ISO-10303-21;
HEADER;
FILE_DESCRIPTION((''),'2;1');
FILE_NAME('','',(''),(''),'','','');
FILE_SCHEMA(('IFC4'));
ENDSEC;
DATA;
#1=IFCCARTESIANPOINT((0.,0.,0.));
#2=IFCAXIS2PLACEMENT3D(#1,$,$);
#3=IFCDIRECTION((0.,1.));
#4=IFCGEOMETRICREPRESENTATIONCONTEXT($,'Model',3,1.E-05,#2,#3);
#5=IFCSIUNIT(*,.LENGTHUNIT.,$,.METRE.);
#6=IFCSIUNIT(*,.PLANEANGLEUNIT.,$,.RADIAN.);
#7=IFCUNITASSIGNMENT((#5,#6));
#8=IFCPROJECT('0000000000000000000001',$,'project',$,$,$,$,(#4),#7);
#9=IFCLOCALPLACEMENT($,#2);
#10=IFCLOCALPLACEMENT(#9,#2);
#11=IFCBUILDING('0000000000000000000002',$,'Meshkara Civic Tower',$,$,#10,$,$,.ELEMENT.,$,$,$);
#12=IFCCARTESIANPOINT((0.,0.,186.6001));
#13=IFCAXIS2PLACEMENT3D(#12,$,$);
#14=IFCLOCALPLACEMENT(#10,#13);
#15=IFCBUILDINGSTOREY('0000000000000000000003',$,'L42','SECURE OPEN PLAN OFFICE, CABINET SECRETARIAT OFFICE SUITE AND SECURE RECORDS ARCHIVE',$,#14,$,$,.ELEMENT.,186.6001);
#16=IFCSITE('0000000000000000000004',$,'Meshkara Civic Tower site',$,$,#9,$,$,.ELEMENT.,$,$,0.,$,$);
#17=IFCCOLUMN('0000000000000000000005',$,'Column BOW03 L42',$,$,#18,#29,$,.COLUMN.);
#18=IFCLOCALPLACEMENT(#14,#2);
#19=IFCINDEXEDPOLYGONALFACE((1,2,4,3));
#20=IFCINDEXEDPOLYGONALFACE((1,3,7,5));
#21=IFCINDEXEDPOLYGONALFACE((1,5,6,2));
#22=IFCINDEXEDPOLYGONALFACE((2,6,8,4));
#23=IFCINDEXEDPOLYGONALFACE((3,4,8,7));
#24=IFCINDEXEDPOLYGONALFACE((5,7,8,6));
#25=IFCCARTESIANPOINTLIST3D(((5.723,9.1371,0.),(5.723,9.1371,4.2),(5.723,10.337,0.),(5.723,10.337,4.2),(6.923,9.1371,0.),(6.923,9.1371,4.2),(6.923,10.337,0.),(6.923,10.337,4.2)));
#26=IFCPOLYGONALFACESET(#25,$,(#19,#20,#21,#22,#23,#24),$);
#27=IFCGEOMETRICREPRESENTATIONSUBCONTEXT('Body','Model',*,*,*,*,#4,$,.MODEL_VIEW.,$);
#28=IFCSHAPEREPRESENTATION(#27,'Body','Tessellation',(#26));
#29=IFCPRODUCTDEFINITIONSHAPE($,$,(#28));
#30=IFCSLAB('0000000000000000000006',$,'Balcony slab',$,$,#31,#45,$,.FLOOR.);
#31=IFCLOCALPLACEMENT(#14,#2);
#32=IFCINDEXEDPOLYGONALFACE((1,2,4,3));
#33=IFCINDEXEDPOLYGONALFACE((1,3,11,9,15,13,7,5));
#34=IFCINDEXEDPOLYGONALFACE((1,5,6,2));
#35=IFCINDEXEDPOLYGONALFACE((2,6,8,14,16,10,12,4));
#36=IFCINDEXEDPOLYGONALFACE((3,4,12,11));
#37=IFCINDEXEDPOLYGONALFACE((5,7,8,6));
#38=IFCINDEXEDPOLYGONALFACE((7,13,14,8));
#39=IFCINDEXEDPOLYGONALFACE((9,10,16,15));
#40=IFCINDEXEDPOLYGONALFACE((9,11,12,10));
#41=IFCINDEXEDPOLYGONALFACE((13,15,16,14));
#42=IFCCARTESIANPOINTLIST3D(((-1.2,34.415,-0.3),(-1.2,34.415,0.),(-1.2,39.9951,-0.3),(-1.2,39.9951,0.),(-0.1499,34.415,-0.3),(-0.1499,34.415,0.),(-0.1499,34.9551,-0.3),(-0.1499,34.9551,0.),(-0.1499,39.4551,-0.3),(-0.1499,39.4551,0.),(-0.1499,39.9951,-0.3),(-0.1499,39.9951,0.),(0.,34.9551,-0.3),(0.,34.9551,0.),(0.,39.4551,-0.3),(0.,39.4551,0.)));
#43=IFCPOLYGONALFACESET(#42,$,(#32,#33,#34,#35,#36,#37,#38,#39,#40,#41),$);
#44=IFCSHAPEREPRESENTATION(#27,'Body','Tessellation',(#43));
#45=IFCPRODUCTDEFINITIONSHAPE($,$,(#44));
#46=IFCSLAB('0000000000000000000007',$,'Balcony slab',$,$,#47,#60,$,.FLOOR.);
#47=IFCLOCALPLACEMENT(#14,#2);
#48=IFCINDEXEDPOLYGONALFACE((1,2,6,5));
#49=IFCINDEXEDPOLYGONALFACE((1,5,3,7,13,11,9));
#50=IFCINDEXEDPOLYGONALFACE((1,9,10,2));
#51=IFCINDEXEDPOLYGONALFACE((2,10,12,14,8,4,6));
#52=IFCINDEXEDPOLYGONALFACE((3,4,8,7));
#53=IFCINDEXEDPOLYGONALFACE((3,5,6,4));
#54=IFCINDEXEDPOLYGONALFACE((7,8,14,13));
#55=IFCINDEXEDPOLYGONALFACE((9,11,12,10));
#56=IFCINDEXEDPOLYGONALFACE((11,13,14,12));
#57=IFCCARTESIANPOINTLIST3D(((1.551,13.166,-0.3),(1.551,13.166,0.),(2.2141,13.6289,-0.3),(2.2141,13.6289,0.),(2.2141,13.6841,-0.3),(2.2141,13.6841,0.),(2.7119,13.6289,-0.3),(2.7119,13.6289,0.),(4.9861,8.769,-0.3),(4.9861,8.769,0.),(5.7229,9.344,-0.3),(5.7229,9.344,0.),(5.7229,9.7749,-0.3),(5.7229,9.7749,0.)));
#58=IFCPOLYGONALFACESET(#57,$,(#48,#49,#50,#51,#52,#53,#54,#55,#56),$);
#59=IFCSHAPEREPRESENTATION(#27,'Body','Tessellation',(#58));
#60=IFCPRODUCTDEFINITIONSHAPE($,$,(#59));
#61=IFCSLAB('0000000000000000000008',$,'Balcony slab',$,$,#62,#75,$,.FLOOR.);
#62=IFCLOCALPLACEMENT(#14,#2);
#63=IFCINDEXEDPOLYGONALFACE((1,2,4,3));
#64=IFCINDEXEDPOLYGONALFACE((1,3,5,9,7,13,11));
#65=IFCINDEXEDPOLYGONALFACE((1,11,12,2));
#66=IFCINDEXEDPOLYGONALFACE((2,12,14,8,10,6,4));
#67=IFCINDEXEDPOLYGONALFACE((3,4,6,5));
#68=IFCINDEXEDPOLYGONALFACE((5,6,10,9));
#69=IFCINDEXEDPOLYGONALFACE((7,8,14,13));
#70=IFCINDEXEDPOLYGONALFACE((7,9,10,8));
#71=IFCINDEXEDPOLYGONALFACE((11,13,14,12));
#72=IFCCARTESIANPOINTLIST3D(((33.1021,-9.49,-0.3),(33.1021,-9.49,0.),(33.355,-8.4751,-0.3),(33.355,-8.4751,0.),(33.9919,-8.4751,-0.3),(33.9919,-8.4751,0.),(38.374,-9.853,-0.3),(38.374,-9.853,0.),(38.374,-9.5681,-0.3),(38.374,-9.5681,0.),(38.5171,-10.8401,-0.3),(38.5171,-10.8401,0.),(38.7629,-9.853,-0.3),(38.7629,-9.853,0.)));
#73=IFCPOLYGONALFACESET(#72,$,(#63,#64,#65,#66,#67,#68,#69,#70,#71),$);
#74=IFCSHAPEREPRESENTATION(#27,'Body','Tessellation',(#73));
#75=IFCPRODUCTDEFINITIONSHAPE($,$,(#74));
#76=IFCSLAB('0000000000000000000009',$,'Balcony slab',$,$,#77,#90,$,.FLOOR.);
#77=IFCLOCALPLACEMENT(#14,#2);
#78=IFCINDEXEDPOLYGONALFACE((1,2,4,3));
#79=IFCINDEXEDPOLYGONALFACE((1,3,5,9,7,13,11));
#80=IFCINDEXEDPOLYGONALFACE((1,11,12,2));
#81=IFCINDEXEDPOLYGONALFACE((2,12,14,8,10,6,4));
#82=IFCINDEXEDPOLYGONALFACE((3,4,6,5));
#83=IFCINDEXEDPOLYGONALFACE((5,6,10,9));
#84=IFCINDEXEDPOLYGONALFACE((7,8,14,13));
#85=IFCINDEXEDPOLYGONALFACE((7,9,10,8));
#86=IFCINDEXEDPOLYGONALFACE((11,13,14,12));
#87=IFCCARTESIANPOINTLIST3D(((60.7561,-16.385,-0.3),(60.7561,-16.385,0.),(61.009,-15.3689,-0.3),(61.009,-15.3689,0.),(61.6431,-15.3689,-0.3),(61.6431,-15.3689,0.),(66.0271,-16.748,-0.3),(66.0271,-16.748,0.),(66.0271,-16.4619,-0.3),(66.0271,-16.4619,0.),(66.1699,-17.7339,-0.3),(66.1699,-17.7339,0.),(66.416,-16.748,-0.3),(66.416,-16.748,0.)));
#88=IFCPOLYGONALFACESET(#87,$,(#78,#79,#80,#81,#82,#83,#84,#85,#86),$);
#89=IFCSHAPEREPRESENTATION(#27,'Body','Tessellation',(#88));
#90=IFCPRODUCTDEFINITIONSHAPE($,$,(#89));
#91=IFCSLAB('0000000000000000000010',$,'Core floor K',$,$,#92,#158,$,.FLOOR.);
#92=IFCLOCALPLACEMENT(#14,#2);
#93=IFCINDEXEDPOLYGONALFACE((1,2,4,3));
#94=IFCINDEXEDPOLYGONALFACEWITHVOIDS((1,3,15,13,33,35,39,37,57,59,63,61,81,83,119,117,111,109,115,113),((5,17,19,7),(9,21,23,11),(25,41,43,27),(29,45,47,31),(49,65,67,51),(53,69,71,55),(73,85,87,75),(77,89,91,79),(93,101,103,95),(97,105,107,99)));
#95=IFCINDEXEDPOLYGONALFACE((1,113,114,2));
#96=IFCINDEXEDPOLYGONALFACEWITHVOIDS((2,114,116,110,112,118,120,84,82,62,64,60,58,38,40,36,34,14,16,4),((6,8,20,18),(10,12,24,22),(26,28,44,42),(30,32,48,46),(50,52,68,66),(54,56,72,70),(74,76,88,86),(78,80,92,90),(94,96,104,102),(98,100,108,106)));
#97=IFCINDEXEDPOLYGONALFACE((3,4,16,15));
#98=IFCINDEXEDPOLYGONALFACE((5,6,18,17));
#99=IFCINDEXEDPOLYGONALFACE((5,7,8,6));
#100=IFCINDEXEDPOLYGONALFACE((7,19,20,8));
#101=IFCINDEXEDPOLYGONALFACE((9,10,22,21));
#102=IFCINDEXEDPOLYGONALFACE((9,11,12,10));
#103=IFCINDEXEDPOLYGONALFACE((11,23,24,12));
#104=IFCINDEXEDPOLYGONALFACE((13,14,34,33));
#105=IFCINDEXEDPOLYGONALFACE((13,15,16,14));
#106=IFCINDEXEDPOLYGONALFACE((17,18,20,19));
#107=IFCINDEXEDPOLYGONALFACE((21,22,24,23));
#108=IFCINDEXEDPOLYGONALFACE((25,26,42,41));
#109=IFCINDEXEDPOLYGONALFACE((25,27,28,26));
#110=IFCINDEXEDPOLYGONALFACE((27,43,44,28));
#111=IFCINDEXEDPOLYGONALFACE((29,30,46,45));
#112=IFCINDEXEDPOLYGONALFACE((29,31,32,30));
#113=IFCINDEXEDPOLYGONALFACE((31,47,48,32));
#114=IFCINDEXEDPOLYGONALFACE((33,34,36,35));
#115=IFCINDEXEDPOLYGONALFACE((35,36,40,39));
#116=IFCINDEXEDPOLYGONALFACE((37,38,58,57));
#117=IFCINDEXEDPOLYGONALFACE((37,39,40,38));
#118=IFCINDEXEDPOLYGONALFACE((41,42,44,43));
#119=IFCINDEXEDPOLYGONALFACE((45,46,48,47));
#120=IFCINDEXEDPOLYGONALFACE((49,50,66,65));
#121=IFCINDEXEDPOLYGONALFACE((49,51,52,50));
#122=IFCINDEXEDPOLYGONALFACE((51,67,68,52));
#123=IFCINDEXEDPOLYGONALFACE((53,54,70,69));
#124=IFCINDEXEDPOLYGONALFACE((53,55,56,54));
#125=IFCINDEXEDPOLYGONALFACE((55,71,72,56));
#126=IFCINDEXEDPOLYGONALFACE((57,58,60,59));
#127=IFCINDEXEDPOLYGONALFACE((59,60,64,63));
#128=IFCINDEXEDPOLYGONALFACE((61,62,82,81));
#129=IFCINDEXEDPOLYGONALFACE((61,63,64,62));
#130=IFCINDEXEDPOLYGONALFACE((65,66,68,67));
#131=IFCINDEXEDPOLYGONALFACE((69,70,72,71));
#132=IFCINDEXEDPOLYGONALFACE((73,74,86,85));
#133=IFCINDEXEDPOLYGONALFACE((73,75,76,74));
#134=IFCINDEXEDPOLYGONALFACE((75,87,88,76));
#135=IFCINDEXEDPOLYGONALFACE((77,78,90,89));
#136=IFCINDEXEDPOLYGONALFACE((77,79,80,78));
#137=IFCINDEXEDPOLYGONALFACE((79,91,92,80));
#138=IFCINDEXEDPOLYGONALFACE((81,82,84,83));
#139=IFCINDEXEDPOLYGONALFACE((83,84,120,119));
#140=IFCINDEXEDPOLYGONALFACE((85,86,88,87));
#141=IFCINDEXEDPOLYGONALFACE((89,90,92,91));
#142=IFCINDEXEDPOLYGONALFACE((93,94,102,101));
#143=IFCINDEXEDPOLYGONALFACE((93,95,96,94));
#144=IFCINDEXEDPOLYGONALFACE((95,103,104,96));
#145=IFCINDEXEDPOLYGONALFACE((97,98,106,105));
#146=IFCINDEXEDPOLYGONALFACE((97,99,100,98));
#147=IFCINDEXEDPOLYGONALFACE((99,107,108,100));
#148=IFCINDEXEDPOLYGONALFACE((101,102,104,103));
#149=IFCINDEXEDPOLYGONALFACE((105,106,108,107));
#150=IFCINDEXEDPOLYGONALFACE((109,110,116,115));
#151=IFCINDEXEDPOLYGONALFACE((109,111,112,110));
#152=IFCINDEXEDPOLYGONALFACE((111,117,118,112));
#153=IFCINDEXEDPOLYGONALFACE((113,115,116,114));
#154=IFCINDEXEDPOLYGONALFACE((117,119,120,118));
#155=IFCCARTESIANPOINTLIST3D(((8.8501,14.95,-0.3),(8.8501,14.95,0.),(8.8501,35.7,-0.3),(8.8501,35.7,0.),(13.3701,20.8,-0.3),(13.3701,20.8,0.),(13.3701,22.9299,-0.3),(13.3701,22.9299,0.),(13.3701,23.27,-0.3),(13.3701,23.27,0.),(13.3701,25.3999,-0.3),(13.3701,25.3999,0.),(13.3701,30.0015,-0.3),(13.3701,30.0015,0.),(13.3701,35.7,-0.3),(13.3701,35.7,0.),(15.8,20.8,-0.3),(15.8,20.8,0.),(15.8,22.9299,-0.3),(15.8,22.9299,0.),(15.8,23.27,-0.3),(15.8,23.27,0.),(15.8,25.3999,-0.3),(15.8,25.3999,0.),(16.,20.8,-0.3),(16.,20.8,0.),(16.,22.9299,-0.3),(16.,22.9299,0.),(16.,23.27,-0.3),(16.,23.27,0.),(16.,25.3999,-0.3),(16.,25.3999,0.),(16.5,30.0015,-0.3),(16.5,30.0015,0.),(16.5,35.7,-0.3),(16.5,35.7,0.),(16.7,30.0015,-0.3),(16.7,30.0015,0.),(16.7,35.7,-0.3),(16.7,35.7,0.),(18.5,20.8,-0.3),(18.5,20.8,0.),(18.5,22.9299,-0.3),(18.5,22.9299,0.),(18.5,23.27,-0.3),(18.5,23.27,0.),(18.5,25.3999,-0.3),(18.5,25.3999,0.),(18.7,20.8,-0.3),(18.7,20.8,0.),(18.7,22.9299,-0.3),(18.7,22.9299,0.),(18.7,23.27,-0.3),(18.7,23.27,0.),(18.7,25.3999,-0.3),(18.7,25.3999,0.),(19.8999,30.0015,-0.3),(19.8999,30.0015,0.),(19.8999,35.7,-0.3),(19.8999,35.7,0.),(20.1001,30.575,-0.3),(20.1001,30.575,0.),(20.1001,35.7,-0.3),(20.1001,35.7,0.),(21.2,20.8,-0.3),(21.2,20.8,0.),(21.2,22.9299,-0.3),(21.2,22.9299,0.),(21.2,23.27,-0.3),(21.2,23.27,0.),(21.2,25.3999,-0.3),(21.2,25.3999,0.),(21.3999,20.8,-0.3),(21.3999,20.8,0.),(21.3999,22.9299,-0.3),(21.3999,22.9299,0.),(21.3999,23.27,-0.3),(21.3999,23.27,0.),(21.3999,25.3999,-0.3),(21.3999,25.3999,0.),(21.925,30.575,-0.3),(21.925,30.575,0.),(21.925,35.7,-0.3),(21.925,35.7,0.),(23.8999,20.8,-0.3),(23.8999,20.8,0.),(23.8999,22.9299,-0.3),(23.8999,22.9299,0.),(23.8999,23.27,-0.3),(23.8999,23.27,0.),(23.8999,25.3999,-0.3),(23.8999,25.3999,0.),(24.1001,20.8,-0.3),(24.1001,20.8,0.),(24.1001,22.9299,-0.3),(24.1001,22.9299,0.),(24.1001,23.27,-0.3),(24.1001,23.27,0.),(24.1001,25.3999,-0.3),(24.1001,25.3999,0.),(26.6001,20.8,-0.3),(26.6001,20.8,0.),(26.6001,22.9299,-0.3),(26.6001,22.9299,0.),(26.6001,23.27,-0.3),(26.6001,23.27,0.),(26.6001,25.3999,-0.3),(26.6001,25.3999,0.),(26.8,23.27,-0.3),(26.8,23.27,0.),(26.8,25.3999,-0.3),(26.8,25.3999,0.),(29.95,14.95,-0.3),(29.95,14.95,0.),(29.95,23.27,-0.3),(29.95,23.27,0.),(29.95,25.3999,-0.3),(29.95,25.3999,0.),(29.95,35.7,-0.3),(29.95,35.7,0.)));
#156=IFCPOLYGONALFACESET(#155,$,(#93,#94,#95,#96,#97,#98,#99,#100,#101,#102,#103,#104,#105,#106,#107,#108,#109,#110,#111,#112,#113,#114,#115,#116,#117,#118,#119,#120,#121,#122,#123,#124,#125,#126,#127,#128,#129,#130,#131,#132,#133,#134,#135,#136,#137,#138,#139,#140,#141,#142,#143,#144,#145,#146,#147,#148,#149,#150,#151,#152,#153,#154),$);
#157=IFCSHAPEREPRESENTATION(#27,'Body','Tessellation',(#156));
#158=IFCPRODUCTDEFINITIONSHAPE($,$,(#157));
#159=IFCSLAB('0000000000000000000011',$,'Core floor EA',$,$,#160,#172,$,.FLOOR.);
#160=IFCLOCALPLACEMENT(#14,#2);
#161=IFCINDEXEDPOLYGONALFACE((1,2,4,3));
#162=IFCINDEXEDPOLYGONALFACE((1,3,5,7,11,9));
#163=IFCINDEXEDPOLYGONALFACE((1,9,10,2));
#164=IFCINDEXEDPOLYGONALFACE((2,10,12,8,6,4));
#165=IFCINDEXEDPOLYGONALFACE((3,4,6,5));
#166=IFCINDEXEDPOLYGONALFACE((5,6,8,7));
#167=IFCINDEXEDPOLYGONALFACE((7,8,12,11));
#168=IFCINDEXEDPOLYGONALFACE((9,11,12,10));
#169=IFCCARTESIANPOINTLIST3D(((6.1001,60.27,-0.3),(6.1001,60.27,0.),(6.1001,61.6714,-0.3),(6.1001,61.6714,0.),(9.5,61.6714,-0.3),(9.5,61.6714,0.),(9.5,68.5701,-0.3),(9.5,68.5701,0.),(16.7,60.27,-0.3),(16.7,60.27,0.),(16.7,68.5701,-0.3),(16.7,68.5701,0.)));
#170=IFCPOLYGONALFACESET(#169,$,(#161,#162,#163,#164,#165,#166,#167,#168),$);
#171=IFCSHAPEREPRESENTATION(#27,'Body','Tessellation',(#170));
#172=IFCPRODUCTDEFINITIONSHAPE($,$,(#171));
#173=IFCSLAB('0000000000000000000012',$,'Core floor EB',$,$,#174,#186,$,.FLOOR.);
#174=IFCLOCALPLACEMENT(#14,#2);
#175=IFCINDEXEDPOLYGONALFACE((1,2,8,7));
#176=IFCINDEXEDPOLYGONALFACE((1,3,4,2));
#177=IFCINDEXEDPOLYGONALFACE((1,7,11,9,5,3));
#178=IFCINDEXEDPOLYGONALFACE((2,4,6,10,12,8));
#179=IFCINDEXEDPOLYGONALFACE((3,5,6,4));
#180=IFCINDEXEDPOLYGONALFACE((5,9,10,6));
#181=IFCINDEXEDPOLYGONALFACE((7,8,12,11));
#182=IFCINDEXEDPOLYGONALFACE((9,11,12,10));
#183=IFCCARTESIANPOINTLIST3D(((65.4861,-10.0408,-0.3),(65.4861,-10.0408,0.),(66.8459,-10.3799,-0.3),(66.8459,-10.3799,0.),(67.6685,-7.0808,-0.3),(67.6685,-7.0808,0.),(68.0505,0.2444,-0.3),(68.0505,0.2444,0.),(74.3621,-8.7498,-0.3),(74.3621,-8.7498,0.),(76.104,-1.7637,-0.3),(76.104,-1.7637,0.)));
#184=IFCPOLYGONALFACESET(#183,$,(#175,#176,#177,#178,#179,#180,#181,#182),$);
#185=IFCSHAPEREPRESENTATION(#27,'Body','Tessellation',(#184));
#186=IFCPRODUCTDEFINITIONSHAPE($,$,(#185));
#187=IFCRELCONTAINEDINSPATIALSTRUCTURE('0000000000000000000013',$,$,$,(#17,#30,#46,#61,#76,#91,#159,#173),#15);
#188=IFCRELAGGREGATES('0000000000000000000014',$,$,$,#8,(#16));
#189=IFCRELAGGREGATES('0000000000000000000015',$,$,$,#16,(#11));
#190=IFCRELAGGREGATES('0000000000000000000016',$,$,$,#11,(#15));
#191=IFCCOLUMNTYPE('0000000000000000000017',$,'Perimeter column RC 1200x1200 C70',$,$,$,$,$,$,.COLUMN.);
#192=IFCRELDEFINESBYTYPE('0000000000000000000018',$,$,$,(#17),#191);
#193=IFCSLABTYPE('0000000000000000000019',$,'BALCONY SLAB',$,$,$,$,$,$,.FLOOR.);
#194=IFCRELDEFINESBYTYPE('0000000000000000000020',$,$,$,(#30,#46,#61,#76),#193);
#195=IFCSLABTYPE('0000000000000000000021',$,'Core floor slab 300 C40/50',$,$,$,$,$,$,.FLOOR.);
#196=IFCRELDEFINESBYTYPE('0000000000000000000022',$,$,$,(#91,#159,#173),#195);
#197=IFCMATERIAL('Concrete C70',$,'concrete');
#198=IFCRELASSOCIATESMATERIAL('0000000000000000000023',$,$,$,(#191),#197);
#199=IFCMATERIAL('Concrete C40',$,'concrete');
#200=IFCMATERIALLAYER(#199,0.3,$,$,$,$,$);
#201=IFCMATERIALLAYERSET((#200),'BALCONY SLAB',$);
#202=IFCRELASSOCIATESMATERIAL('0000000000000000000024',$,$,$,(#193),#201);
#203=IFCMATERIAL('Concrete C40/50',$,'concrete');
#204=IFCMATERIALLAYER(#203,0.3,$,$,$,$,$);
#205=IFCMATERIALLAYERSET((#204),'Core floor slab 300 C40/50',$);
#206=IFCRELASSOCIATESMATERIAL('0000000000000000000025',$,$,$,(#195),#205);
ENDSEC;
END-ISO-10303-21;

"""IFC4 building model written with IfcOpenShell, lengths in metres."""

from ifc_helpers import new_model, si_unit, direction, frame, origin, origin_2d, place, context, subcontext, project, spatial, polyline, rectangle, outline, extrude, material, layer, layer_set, material_profile, profile_set, type_object, element, save


model = new_model("IFC4")

# Units and contexts
model_context = context("Model", 3, precision=1e-05, world=origin(), true_north=direction((0.0, 1.0)))
body_context = subcontext(model_context, "Body", "Model", "MODEL_VIEW")
ifc_project = project(units=[si_unit("LENGTHUNIT", "METRE"), si_unit("PLANEANGLEUNIT", "RADIAN")], contexts=[model_context])

# Site, building, storey
site_placement = place(None, origin())
site = spatial("IfcSite", under=ifc_project, at=site_placement, Name="Meshkara Civic Tower site", CompositionType="ELEMENT", RefElevation=0.0)
building_placement = place(site_placement, origin())
building = spatial("IfcBuilding", under=site, at=building_placement, Name="Meshkara Civic Tower", CompositionType="ELEMENT")
storey_placement = place(building_placement, frame((0.0, 0.0, 186.6001)))
storey = spatial("IfcBuildingStorey", under=building, at=storey_placement, Name="L42", Description="SECURE OPEN PLAN OFFICE, CABINET SECRETARIAT OFFICE SUITE AND SECURE RECORDS ARCHIVE", CompositionType="ELEMENT", Elevation=186.6001)

# Column
ifc_material_1 = material(Name="Concrete C70", Category="concrete")
ifc_material_profile = material_profile(ifc_material_1, rectangle(XDim=1.2, YDim=1.2, at=origin_2d()))
ifc_profile_set = profile_set([ifc_material_profile], Name="Concrete C70")
column_type = type_object("IfcColumnType", Name="Perimeter column RC 1200x1200 C70", PredefinedType="COLUMN", material=ifc_profile_set)
column_placement = place(storey_placement, frame((6.323, 9.7371, 0.0), z_axis=(0.0, 0.0, 1.0), x_axis=(1.0, 0.0, 0.0)))
element("IfcColumn", 1, at=column_placement, inside=storey, type_object=column_type, Name="Column BOW03 L42", PredefinedType="COLUMN", context=body_context, shape_type="SweptSolid", body=[
    extrude(rectangle(XDim=1.2, YDim=1.2, at=origin_2d()), origin(), (0.0, 0.0, 1.0), 4.2),
])

# Slabs
ifc_material_2 = material(Name="Concrete C40", Category="concrete")
ifc_layer_1 = layer(ifc_material_2, 0.3)
ifc_layer_set_1 = layer_set([ifc_layer_1], Name="BALCONY SLAB")
slab_type_1 = type_object("IfcSlabType", Name="BALCONY SLAB", PredefinedType="FLOOR", material=ifc_layer_set_1)
slab_1_placement = place(storey_placement, frame((0.0, 0.0, -0.3)))
element("IfcSlab", 2, at=slab_1_placement, inside=storey, type_object=slab_type_1, Name="Balcony slab", PredefinedType="FLOOR", context=body_context, shape_type="SweptSolid", body=[
    extrude(outline(polyline([(-1.2, 34.415), (-1.2, 39.9951), (-0.1499, 39.9951), (-0.1499, 39.4551), (0.0, 39.4551), (0.0, 34.9551), (-0.1499, 34.9551), (-0.1499, 34.415), (-1.2, 34.415)])), origin(), (0.0, 0.0, 1.0), 0.3),
])
slab_2_placement = place(storey_placement, frame((0.0, 0.0, -0.3)))
element("IfcSlab", 3, at=slab_2_placement, inside=storey, type_object=slab_type_1, Name="Balcony slab", PredefinedType="FLOOR", context=body_context, shape_type="SweptSolid", body=[
    extrude(outline(polyline([(4.9861, 8.769), (1.551, 13.166), (2.2141, 13.6841), (2.2141, 13.6289), (2.7119, 13.6289), (5.7229, 9.7749), (5.7229, 9.344), (4.9861, 8.769)])), origin(), (0.0, 0.0, 1.0), 0.3),
])
slab_3_placement = place(storey_placement, frame((0.0, 0.0, -0.3)))
element("IfcSlab", 4, at=slab_3_placement, inside=storey, type_object=slab_type_1, Name="Balcony slab", PredefinedType="FLOOR", context=body_context, shape_type="SweptSolid", body=[
    extrude(outline(polyline([(38.5171, -10.8401), (33.1021, -9.49), (33.355, -8.4751), (33.9919, -8.4751), (38.374, -9.5681), (38.374, -9.853), (38.7629, -9.853), (38.5171, -10.8401)])), origin(), (0.0, 0.0, 1.0), 0.3),
])
slab_4_placement = place(storey_placement, frame((0.0, 0.0, -0.3)))
element("IfcSlab", 5, at=slab_4_placement, inside=storey, type_object=slab_type_1, Name="Balcony slab", PredefinedType="FLOOR", context=body_context, shape_type="SweptSolid", body=[
    extrude(outline(polyline([(66.1699, -17.7339), (60.7561, -16.385), (61.009, -15.3689), (61.6431, -15.3689), (66.0271, -16.4619), (66.0271, -16.748), (66.416, -16.748), (66.1699, -17.7339)])), origin(), (0.0, 0.0, 1.0), 0.3),
])
ifc_material_3 = material(Name="Concrete C40/50", Category="concrete")
ifc_layer_2 = layer(ifc_material_3, 0.3)
ifc_layer_set_2 = layer_set([ifc_layer_2], Name="Core floor slab 300 C40/50")
slab_type_2 = type_object("IfcSlabType", Name="Core floor slab 300 C40/50", PredefinedType="FLOOR", material=ifc_layer_set_2)
slab_5_placement = place(storey_placement, frame((0.0, 0.0, -0.3)))
element("IfcSlab", 6, at=slab_5_placement, inside=storey, type_object=slab_type_2, Name="Core floor K", PredefinedType="FLOOR", context=body_context, shape_type="SweptSolid", body=[
    extrude(outline(polyline([(8.8501, 35.7), (13.3701, 35.7), (13.3701, 30.0015), (16.5, 30.0015), (16.5, 35.7), (16.7, 35.7), (16.7, 30.0015), (19.8999, 30.0015), (19.8999, 35.7), (20.1001, 35.7), (20.1001, 30.575), (21.925, 30.575), (21.925, 35.7), (29.95, 35.7), (29.95, 25.3999), (26.8, 25.3999), (26.8, 23.27), (29.95, 23.27), (29.95, 14.95), (8.8501, 14.95), (8.8501, 35.7)]), holes=[polyline([(15.8, 22.9299), (13.3701, 22.9299), (13.3701, 20.8), (15.8, 20.8), (15.8, 22.9299)]), polyline([(16.0, 22.9299), (16.0, 20.8), (18.5, 20.8), (18.5, 22.9299), (16.0, 22.9299)]), polyline([(18.7, 22.9299), (18.7, 20.8), (21.2, 20.8), (21.2, 22.9299), (18.7, 22.9299)]), polyline([(15.8, 23.27), (15.8, 25.3999), (13.3701, 25.3999), (13.3701, 23.27), (15.8, 23.27)]), polyline([(16.0, 25.3999), (16.0, 23.27), (18.5, 23.27), (18.5, 25.3999), (16.0, 25.3999)]), polyline([(23.8999, 20.8), (23.8999, 22.9299), (21.3999, 22.9299), (21.3999, 20.8), (23.8999, 20.8)]), polyline([(24.1001, 20.8), (26.6001, 20.8), (26.6001, 22.9299), (24.1001, 22.9299), (24.1001, 20.8)]), polyline([(18.7, 25.3999), (18.7, 23.27), (21.2, 23.27), (21.2, 25.3999), (18.7, 25.3999)]), polyline([(21.3999, 23.27), (23.8999, 23.27), (23.8999, 25.3999), (21.3999, 25.3999), (21.3999, 23.27)]), polyline([(24.1001, 23.27), (26.6001, 23.27), (26.6001, 25.3999), (24.1001, 25.3999), (24.1001, 23.27)])]), origin(), (0.0, 0.0, 1.0), 0.3),
])
slab_6_placement = place(storey_placement, frame((0.0, 0.0, -0.3)))
element("IfcSlab", 7, at=slab_6_placement, inside=storey, type_object=slab_type_2, Name="Core floor EA", PredefinedType="FLOOR", context=body_context, shape_type="SweptSolid", body=[
    extrude(outline(polyline([(16.7, 60.27), (16.7, 68.5701), (9.5, 68.5701), (9.5, 61.6714), (6.1001, 61.6714), (6.1001, 60.27), (16.7, 60.27)])), origin(), (0.0, 0.0, 1.0), 0.3),
])
slab_7_placement = place(storey_placement, frame((0.0, 0.0, -0.3)))
element("IfcSlab", 8, at=slab_7_placement, inside=storey, type_object=slab_type_2, Name="Core floor EB", PredefinedType="FLOOR", context=body_context, shape_type="SweptSolid", body=[
    extrude(outline(polyline([(68.0505, 0.2444), (76.104, -1.7637), (74.3621, -8.7498), (67.6685, -7.0808), (66.8459, -10.3799), (65.4861, -10.0408), (68.0505, 0.2444)])), origin(), (0.0, 0.0, 1.0), 0.3),
])

save(model, "model.ifc")
